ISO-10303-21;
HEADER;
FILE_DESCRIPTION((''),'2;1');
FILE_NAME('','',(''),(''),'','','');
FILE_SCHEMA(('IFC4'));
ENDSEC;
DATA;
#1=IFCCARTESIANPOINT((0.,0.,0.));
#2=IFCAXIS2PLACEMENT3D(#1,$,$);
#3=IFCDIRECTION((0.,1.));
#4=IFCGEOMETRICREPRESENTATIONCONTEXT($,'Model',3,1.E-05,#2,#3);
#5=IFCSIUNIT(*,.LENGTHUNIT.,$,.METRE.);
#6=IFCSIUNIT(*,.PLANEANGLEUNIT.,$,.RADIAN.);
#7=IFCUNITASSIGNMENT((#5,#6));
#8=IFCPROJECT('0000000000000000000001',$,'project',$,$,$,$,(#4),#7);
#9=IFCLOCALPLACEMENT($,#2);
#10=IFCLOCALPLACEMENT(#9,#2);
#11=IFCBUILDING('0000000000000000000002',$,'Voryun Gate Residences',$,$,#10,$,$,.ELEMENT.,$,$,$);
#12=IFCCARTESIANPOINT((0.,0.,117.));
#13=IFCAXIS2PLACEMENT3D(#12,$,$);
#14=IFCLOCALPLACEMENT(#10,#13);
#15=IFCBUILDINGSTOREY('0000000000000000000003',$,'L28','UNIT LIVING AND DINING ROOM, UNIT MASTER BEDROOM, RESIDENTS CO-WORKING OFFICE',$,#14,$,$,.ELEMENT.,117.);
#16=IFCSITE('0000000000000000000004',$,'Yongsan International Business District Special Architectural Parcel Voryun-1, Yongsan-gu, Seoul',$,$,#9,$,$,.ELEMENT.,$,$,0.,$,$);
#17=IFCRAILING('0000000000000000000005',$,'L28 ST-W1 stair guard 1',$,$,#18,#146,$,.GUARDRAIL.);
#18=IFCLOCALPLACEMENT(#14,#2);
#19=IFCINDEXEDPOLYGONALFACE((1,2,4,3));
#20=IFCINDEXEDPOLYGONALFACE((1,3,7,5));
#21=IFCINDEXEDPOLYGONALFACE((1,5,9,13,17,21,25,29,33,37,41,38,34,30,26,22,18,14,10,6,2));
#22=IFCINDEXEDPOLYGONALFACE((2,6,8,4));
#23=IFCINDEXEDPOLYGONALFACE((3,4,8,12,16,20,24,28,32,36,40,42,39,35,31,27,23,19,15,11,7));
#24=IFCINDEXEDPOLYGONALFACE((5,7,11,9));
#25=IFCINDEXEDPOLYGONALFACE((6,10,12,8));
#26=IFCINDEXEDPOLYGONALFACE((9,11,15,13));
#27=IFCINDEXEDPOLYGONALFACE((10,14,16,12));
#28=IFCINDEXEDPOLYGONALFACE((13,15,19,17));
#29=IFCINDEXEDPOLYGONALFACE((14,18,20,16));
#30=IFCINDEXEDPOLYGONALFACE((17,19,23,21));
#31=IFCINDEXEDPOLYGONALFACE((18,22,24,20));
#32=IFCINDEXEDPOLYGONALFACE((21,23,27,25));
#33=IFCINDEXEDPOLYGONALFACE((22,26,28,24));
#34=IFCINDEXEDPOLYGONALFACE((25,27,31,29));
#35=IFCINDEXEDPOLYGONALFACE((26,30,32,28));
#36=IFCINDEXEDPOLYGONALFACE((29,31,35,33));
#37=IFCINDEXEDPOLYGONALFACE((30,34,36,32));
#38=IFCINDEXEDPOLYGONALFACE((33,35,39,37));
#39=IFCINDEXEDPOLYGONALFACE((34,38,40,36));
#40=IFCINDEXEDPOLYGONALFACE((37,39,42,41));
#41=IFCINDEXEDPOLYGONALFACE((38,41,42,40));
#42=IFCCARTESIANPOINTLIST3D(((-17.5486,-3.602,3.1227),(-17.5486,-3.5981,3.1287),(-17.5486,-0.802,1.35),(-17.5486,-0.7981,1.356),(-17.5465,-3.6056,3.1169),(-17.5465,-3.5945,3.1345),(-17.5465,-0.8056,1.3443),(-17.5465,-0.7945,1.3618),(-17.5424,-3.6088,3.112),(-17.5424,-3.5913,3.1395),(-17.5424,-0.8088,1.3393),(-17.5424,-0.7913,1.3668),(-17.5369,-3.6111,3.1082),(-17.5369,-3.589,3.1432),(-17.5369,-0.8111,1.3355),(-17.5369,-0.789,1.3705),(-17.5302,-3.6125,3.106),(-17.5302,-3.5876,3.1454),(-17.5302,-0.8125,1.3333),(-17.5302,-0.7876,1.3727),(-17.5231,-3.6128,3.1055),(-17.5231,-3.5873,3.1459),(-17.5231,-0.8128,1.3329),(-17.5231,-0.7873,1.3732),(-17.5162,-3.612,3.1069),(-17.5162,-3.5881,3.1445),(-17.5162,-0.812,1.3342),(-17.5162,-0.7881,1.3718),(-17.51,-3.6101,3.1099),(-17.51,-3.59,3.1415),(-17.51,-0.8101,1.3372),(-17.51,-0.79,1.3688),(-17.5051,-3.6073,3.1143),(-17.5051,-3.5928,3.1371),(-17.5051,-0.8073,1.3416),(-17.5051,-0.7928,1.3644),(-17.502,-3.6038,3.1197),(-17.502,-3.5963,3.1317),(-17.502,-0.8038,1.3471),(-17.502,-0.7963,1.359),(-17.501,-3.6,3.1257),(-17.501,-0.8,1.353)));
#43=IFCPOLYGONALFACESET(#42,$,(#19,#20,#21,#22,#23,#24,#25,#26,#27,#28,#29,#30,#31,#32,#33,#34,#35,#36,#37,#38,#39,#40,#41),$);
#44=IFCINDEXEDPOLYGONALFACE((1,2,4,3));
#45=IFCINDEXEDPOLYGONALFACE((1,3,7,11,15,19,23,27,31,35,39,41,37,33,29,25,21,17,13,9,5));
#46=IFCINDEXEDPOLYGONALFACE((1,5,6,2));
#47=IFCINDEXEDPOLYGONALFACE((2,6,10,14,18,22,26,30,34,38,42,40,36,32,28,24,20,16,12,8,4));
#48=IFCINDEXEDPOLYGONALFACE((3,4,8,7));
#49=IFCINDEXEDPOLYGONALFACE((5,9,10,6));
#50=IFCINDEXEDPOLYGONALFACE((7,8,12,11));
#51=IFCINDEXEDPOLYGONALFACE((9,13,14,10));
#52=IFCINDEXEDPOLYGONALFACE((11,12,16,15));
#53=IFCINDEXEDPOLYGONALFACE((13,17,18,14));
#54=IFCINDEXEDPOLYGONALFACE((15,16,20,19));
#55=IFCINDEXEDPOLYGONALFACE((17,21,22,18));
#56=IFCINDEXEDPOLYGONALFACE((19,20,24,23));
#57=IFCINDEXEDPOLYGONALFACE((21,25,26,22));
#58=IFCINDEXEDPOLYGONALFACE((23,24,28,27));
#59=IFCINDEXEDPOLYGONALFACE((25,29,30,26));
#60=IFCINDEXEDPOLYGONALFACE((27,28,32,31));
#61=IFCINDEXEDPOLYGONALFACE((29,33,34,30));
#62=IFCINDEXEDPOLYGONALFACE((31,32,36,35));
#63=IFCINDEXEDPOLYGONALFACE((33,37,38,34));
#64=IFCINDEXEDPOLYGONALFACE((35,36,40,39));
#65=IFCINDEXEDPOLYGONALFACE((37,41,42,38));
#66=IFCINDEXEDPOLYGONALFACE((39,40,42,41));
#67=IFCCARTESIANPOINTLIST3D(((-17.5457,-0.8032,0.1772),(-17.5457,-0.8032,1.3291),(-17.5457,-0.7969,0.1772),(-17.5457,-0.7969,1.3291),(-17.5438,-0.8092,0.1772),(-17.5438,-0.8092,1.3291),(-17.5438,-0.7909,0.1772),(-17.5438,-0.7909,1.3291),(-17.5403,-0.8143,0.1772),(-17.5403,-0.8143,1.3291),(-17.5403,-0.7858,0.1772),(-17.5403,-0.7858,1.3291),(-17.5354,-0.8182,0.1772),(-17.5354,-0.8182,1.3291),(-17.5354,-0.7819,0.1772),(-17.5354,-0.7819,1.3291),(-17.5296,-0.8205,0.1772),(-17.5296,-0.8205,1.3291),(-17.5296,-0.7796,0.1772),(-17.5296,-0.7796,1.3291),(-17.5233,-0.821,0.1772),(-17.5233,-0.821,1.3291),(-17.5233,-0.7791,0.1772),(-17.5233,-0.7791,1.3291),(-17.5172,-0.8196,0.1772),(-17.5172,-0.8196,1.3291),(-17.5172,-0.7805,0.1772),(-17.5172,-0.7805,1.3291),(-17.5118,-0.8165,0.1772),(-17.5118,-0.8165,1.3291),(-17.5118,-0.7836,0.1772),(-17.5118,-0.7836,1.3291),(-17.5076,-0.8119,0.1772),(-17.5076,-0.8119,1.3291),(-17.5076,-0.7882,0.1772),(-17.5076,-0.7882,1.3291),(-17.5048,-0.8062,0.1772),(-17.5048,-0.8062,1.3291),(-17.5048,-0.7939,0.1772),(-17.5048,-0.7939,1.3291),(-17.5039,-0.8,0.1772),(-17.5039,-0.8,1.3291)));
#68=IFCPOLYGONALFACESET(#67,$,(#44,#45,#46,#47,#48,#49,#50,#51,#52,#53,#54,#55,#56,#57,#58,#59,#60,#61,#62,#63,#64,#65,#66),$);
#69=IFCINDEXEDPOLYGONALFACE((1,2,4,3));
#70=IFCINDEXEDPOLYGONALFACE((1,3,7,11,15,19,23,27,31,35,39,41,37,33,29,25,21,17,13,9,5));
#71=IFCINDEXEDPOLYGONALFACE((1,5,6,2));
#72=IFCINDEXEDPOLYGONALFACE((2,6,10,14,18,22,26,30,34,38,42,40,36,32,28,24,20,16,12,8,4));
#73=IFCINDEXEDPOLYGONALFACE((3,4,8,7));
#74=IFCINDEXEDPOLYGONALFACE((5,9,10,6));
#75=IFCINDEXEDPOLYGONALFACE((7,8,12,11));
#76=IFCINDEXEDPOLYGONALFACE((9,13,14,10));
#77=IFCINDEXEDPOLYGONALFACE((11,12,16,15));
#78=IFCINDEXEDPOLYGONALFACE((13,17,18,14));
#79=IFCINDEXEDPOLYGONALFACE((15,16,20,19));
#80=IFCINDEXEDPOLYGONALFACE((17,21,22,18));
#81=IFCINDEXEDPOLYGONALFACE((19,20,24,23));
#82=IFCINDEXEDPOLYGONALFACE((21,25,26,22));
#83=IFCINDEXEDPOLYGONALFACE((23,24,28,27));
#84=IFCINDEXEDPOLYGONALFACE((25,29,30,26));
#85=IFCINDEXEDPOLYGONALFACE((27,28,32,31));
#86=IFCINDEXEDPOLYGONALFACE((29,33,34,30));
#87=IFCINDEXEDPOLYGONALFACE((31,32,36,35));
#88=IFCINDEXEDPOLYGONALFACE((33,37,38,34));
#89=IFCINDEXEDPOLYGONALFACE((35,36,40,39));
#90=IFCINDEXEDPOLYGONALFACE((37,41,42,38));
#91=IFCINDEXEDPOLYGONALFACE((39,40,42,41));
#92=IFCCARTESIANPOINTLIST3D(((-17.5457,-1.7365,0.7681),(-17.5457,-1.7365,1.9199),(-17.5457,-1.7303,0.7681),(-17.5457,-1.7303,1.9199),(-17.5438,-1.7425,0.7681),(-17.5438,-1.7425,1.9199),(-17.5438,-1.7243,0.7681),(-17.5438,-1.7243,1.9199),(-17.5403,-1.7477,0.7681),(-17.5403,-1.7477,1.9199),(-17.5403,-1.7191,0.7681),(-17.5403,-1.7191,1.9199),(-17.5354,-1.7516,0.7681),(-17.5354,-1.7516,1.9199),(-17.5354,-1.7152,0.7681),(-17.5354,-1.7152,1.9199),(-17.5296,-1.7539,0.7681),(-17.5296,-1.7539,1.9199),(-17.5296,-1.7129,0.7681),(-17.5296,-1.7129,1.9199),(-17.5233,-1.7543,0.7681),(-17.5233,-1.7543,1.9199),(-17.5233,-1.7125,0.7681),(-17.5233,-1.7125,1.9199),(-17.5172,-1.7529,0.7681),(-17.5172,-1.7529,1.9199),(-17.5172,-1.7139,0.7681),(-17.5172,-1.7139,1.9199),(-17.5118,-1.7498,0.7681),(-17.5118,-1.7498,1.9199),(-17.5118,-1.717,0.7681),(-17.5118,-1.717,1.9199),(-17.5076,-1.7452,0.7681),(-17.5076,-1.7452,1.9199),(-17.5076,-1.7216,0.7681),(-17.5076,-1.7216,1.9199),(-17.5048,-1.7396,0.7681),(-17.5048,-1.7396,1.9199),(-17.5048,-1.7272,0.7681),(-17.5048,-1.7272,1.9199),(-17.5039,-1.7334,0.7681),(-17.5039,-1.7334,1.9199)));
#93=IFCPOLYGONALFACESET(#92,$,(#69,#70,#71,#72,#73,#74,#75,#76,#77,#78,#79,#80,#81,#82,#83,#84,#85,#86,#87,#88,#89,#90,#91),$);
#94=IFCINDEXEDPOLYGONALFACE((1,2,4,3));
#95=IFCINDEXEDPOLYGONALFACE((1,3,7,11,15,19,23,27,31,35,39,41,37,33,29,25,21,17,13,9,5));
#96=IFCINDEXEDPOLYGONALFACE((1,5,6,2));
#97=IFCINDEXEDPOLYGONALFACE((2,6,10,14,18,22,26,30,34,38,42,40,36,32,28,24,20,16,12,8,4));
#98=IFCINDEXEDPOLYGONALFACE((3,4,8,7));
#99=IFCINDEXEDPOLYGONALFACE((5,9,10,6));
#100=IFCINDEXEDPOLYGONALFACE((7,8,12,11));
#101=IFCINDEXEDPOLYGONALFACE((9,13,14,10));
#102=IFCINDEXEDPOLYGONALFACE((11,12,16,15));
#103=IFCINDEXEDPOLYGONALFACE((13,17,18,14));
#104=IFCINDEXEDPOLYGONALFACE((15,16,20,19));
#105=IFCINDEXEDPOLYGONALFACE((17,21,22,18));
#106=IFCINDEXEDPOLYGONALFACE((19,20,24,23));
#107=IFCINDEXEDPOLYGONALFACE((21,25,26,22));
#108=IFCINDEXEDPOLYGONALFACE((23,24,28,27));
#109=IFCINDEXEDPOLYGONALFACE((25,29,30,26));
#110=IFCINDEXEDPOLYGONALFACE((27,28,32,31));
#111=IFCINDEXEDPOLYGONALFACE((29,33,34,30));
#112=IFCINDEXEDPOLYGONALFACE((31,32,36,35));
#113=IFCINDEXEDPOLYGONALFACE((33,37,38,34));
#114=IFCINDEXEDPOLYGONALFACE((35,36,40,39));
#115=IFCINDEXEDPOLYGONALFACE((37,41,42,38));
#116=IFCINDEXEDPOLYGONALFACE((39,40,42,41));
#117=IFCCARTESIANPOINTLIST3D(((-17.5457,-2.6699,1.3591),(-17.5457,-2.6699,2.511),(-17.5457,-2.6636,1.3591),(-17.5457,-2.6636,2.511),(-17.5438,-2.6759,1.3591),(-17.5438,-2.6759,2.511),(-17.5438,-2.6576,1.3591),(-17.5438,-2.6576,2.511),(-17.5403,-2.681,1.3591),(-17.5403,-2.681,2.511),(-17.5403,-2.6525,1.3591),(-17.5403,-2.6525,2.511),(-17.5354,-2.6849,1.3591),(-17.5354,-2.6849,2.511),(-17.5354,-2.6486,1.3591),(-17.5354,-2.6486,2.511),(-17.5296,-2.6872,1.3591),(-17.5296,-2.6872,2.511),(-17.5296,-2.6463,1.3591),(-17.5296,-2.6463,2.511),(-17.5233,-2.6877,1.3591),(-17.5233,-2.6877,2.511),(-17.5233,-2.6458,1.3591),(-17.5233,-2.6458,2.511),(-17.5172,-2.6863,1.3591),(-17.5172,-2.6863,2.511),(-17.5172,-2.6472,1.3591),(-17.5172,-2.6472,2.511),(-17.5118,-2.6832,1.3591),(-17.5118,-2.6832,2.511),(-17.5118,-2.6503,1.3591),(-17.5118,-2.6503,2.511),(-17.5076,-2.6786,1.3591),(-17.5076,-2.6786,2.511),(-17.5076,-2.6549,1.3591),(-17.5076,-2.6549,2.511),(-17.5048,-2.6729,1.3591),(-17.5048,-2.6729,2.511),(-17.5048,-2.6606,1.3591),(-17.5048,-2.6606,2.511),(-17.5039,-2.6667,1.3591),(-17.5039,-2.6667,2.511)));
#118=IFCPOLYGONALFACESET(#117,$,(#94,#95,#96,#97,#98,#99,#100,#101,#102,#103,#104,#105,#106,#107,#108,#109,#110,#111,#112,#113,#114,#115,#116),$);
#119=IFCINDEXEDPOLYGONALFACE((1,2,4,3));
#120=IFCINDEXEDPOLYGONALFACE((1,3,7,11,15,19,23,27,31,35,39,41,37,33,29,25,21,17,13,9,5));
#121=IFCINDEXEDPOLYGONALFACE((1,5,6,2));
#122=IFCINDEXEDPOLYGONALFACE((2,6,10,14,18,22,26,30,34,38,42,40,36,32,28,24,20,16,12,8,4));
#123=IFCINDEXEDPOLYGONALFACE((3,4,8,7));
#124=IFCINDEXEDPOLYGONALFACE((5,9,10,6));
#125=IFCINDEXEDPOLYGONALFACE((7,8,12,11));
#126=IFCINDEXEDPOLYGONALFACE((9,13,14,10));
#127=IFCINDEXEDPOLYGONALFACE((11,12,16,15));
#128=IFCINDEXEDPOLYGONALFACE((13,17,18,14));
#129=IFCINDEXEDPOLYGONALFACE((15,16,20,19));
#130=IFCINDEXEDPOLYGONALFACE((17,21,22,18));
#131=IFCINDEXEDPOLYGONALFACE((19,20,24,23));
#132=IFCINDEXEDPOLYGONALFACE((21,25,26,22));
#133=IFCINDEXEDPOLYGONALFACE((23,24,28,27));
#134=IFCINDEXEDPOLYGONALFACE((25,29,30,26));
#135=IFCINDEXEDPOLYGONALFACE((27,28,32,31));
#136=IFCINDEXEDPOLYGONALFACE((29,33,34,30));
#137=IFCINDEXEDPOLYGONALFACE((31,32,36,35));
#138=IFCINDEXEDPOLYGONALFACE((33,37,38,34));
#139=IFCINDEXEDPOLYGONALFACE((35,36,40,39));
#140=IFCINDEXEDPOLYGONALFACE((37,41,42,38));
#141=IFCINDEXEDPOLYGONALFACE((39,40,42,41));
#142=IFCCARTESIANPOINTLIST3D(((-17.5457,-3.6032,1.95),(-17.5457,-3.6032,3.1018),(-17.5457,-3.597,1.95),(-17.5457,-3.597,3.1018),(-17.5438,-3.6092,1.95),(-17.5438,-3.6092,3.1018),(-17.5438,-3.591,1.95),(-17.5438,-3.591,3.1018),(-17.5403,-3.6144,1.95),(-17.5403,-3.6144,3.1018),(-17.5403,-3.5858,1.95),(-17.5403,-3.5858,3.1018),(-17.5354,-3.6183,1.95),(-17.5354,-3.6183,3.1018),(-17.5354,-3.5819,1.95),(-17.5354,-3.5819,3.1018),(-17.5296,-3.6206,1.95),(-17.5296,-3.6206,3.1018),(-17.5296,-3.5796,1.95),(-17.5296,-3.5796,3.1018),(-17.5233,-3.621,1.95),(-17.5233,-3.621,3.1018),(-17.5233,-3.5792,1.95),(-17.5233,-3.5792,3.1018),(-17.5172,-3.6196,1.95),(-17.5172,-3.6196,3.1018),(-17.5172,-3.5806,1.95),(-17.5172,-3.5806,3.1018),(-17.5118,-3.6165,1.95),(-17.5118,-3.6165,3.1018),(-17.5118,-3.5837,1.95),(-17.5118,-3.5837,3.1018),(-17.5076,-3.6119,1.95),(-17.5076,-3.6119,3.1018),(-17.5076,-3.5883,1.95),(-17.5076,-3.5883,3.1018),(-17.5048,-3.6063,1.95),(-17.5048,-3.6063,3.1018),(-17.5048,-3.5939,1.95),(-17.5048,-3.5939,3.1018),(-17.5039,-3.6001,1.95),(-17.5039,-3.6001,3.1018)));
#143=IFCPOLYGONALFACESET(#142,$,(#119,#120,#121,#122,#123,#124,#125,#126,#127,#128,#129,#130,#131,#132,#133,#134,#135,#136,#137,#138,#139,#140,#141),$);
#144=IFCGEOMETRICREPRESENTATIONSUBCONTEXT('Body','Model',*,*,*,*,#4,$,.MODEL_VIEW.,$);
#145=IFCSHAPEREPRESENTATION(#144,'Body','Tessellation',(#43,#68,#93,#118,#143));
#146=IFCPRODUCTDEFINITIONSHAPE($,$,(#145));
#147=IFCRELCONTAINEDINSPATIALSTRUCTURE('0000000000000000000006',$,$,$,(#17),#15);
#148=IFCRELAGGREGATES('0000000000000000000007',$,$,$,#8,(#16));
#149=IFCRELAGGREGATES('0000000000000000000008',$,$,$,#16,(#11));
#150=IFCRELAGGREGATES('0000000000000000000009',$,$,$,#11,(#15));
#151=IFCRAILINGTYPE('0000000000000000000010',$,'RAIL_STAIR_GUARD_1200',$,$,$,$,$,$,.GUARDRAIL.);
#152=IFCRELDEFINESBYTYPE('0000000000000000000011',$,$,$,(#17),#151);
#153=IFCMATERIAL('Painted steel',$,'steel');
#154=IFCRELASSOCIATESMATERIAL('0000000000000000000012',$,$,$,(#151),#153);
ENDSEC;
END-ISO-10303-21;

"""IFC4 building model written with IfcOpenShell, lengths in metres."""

from ifc_helpers import new_model, si_unit, direction, frame, origin, origin_2d, place, context, subcontext, project, spatial, circle, extrude, material, type_object, element, save


model = new_model("IFC4")

# Units and contexts
model_context = context("Model", 3, precision=1e-05, world=origin(), true_north=direction((0.0, 1.0)))
body_context = subcontext(model_context, "Body", "Model", "MODEL_VIEW")
ifc_project = project(units=[si_unit("LENGTHUNIT", "METRE"), si_unit("PLANEANGLEUNIT", "RADIAN")], contexts=[model_context])

# Site, building, storey
site_placement = place(None, origin())
site = spatial("IfcSite", under=ifc_project, at=site_placement, Name="Yongsan International Business District Special Architectural Parcel Voryun-1, Yongsan-gu, Seoul", CompositionType="ELEMENT", RefElevation=0.0)
building_placement = place(site_placement, origin())
building = spatial("IfcBuilding", under=site, at=building_placement, Name="Voryun Gate Residences", CompositionType="ELEMENT")
storey_placement = place(building_placement, frame((0.0, 0.0, 117.0)))
storey = spatial("IfcBuildingStorey", under=building, at=storey_placement, Name="L28", Description="UNIT LIVING AND DINING ROOM, UNIT MASTER BEDROOM, RESIDENTS CO-WORKING OFFICE", CompositionType="ELEMENT", Elevation=117.0)

# Railing
ifc_material_1 = material(Name="Painted steel", Category="steel")
railing_type_1 = type_object("IfcRailingType", Name="RAIL_STAIR_GUARD_1200", PredefinedType="GUARDRAIL", material=ifc_material_1)
railing_1_placement = place(storey_placement, frame((-17.5249, -0.8, 0.1772)))
element("IfcRailing", 1, at=railing_1_placement, inside=storey, type_object=railing_type_1, Name="L28 ST-W1 stair guard 1", PredefinedType="GUARDRAIL", context=body_context, shape_type="SweptSolid", body=[
    extrude(circle(Radius=0.0239, at=origin_2d()), frame((0.0, 0.0, 1.1758), z_axis=(0.0, -0.844909, 0.53491), x_axis=(1.0, 0.0, 0.0)), (0.0, 0.0, 1.0), 3.314),
    extrude(circle(Radius=0.021, at=origin_2d()), origin(), (0.0, 0.0, 1.0), 1.1519),
    extrude(circle(Radius=0.021, at=origin_2d()), frame((0.0, -0.9333, 0.5908)), (0.0, 0.0, 1.0), 1.1519),
    extrude(circle(Radius=0.021, at=origin_2d()), frame((0.0, -1.8667, 1.1819)), (0.0, 0.0, 1.0), 1.1519),
    extrude(circle(Radius=0.021, at=origin_2d()), frame((0.0, -2.8, 1.7727)), (0.0, 0.0, 1.0), 1.1519),
])

save(model, "model.ifc")
